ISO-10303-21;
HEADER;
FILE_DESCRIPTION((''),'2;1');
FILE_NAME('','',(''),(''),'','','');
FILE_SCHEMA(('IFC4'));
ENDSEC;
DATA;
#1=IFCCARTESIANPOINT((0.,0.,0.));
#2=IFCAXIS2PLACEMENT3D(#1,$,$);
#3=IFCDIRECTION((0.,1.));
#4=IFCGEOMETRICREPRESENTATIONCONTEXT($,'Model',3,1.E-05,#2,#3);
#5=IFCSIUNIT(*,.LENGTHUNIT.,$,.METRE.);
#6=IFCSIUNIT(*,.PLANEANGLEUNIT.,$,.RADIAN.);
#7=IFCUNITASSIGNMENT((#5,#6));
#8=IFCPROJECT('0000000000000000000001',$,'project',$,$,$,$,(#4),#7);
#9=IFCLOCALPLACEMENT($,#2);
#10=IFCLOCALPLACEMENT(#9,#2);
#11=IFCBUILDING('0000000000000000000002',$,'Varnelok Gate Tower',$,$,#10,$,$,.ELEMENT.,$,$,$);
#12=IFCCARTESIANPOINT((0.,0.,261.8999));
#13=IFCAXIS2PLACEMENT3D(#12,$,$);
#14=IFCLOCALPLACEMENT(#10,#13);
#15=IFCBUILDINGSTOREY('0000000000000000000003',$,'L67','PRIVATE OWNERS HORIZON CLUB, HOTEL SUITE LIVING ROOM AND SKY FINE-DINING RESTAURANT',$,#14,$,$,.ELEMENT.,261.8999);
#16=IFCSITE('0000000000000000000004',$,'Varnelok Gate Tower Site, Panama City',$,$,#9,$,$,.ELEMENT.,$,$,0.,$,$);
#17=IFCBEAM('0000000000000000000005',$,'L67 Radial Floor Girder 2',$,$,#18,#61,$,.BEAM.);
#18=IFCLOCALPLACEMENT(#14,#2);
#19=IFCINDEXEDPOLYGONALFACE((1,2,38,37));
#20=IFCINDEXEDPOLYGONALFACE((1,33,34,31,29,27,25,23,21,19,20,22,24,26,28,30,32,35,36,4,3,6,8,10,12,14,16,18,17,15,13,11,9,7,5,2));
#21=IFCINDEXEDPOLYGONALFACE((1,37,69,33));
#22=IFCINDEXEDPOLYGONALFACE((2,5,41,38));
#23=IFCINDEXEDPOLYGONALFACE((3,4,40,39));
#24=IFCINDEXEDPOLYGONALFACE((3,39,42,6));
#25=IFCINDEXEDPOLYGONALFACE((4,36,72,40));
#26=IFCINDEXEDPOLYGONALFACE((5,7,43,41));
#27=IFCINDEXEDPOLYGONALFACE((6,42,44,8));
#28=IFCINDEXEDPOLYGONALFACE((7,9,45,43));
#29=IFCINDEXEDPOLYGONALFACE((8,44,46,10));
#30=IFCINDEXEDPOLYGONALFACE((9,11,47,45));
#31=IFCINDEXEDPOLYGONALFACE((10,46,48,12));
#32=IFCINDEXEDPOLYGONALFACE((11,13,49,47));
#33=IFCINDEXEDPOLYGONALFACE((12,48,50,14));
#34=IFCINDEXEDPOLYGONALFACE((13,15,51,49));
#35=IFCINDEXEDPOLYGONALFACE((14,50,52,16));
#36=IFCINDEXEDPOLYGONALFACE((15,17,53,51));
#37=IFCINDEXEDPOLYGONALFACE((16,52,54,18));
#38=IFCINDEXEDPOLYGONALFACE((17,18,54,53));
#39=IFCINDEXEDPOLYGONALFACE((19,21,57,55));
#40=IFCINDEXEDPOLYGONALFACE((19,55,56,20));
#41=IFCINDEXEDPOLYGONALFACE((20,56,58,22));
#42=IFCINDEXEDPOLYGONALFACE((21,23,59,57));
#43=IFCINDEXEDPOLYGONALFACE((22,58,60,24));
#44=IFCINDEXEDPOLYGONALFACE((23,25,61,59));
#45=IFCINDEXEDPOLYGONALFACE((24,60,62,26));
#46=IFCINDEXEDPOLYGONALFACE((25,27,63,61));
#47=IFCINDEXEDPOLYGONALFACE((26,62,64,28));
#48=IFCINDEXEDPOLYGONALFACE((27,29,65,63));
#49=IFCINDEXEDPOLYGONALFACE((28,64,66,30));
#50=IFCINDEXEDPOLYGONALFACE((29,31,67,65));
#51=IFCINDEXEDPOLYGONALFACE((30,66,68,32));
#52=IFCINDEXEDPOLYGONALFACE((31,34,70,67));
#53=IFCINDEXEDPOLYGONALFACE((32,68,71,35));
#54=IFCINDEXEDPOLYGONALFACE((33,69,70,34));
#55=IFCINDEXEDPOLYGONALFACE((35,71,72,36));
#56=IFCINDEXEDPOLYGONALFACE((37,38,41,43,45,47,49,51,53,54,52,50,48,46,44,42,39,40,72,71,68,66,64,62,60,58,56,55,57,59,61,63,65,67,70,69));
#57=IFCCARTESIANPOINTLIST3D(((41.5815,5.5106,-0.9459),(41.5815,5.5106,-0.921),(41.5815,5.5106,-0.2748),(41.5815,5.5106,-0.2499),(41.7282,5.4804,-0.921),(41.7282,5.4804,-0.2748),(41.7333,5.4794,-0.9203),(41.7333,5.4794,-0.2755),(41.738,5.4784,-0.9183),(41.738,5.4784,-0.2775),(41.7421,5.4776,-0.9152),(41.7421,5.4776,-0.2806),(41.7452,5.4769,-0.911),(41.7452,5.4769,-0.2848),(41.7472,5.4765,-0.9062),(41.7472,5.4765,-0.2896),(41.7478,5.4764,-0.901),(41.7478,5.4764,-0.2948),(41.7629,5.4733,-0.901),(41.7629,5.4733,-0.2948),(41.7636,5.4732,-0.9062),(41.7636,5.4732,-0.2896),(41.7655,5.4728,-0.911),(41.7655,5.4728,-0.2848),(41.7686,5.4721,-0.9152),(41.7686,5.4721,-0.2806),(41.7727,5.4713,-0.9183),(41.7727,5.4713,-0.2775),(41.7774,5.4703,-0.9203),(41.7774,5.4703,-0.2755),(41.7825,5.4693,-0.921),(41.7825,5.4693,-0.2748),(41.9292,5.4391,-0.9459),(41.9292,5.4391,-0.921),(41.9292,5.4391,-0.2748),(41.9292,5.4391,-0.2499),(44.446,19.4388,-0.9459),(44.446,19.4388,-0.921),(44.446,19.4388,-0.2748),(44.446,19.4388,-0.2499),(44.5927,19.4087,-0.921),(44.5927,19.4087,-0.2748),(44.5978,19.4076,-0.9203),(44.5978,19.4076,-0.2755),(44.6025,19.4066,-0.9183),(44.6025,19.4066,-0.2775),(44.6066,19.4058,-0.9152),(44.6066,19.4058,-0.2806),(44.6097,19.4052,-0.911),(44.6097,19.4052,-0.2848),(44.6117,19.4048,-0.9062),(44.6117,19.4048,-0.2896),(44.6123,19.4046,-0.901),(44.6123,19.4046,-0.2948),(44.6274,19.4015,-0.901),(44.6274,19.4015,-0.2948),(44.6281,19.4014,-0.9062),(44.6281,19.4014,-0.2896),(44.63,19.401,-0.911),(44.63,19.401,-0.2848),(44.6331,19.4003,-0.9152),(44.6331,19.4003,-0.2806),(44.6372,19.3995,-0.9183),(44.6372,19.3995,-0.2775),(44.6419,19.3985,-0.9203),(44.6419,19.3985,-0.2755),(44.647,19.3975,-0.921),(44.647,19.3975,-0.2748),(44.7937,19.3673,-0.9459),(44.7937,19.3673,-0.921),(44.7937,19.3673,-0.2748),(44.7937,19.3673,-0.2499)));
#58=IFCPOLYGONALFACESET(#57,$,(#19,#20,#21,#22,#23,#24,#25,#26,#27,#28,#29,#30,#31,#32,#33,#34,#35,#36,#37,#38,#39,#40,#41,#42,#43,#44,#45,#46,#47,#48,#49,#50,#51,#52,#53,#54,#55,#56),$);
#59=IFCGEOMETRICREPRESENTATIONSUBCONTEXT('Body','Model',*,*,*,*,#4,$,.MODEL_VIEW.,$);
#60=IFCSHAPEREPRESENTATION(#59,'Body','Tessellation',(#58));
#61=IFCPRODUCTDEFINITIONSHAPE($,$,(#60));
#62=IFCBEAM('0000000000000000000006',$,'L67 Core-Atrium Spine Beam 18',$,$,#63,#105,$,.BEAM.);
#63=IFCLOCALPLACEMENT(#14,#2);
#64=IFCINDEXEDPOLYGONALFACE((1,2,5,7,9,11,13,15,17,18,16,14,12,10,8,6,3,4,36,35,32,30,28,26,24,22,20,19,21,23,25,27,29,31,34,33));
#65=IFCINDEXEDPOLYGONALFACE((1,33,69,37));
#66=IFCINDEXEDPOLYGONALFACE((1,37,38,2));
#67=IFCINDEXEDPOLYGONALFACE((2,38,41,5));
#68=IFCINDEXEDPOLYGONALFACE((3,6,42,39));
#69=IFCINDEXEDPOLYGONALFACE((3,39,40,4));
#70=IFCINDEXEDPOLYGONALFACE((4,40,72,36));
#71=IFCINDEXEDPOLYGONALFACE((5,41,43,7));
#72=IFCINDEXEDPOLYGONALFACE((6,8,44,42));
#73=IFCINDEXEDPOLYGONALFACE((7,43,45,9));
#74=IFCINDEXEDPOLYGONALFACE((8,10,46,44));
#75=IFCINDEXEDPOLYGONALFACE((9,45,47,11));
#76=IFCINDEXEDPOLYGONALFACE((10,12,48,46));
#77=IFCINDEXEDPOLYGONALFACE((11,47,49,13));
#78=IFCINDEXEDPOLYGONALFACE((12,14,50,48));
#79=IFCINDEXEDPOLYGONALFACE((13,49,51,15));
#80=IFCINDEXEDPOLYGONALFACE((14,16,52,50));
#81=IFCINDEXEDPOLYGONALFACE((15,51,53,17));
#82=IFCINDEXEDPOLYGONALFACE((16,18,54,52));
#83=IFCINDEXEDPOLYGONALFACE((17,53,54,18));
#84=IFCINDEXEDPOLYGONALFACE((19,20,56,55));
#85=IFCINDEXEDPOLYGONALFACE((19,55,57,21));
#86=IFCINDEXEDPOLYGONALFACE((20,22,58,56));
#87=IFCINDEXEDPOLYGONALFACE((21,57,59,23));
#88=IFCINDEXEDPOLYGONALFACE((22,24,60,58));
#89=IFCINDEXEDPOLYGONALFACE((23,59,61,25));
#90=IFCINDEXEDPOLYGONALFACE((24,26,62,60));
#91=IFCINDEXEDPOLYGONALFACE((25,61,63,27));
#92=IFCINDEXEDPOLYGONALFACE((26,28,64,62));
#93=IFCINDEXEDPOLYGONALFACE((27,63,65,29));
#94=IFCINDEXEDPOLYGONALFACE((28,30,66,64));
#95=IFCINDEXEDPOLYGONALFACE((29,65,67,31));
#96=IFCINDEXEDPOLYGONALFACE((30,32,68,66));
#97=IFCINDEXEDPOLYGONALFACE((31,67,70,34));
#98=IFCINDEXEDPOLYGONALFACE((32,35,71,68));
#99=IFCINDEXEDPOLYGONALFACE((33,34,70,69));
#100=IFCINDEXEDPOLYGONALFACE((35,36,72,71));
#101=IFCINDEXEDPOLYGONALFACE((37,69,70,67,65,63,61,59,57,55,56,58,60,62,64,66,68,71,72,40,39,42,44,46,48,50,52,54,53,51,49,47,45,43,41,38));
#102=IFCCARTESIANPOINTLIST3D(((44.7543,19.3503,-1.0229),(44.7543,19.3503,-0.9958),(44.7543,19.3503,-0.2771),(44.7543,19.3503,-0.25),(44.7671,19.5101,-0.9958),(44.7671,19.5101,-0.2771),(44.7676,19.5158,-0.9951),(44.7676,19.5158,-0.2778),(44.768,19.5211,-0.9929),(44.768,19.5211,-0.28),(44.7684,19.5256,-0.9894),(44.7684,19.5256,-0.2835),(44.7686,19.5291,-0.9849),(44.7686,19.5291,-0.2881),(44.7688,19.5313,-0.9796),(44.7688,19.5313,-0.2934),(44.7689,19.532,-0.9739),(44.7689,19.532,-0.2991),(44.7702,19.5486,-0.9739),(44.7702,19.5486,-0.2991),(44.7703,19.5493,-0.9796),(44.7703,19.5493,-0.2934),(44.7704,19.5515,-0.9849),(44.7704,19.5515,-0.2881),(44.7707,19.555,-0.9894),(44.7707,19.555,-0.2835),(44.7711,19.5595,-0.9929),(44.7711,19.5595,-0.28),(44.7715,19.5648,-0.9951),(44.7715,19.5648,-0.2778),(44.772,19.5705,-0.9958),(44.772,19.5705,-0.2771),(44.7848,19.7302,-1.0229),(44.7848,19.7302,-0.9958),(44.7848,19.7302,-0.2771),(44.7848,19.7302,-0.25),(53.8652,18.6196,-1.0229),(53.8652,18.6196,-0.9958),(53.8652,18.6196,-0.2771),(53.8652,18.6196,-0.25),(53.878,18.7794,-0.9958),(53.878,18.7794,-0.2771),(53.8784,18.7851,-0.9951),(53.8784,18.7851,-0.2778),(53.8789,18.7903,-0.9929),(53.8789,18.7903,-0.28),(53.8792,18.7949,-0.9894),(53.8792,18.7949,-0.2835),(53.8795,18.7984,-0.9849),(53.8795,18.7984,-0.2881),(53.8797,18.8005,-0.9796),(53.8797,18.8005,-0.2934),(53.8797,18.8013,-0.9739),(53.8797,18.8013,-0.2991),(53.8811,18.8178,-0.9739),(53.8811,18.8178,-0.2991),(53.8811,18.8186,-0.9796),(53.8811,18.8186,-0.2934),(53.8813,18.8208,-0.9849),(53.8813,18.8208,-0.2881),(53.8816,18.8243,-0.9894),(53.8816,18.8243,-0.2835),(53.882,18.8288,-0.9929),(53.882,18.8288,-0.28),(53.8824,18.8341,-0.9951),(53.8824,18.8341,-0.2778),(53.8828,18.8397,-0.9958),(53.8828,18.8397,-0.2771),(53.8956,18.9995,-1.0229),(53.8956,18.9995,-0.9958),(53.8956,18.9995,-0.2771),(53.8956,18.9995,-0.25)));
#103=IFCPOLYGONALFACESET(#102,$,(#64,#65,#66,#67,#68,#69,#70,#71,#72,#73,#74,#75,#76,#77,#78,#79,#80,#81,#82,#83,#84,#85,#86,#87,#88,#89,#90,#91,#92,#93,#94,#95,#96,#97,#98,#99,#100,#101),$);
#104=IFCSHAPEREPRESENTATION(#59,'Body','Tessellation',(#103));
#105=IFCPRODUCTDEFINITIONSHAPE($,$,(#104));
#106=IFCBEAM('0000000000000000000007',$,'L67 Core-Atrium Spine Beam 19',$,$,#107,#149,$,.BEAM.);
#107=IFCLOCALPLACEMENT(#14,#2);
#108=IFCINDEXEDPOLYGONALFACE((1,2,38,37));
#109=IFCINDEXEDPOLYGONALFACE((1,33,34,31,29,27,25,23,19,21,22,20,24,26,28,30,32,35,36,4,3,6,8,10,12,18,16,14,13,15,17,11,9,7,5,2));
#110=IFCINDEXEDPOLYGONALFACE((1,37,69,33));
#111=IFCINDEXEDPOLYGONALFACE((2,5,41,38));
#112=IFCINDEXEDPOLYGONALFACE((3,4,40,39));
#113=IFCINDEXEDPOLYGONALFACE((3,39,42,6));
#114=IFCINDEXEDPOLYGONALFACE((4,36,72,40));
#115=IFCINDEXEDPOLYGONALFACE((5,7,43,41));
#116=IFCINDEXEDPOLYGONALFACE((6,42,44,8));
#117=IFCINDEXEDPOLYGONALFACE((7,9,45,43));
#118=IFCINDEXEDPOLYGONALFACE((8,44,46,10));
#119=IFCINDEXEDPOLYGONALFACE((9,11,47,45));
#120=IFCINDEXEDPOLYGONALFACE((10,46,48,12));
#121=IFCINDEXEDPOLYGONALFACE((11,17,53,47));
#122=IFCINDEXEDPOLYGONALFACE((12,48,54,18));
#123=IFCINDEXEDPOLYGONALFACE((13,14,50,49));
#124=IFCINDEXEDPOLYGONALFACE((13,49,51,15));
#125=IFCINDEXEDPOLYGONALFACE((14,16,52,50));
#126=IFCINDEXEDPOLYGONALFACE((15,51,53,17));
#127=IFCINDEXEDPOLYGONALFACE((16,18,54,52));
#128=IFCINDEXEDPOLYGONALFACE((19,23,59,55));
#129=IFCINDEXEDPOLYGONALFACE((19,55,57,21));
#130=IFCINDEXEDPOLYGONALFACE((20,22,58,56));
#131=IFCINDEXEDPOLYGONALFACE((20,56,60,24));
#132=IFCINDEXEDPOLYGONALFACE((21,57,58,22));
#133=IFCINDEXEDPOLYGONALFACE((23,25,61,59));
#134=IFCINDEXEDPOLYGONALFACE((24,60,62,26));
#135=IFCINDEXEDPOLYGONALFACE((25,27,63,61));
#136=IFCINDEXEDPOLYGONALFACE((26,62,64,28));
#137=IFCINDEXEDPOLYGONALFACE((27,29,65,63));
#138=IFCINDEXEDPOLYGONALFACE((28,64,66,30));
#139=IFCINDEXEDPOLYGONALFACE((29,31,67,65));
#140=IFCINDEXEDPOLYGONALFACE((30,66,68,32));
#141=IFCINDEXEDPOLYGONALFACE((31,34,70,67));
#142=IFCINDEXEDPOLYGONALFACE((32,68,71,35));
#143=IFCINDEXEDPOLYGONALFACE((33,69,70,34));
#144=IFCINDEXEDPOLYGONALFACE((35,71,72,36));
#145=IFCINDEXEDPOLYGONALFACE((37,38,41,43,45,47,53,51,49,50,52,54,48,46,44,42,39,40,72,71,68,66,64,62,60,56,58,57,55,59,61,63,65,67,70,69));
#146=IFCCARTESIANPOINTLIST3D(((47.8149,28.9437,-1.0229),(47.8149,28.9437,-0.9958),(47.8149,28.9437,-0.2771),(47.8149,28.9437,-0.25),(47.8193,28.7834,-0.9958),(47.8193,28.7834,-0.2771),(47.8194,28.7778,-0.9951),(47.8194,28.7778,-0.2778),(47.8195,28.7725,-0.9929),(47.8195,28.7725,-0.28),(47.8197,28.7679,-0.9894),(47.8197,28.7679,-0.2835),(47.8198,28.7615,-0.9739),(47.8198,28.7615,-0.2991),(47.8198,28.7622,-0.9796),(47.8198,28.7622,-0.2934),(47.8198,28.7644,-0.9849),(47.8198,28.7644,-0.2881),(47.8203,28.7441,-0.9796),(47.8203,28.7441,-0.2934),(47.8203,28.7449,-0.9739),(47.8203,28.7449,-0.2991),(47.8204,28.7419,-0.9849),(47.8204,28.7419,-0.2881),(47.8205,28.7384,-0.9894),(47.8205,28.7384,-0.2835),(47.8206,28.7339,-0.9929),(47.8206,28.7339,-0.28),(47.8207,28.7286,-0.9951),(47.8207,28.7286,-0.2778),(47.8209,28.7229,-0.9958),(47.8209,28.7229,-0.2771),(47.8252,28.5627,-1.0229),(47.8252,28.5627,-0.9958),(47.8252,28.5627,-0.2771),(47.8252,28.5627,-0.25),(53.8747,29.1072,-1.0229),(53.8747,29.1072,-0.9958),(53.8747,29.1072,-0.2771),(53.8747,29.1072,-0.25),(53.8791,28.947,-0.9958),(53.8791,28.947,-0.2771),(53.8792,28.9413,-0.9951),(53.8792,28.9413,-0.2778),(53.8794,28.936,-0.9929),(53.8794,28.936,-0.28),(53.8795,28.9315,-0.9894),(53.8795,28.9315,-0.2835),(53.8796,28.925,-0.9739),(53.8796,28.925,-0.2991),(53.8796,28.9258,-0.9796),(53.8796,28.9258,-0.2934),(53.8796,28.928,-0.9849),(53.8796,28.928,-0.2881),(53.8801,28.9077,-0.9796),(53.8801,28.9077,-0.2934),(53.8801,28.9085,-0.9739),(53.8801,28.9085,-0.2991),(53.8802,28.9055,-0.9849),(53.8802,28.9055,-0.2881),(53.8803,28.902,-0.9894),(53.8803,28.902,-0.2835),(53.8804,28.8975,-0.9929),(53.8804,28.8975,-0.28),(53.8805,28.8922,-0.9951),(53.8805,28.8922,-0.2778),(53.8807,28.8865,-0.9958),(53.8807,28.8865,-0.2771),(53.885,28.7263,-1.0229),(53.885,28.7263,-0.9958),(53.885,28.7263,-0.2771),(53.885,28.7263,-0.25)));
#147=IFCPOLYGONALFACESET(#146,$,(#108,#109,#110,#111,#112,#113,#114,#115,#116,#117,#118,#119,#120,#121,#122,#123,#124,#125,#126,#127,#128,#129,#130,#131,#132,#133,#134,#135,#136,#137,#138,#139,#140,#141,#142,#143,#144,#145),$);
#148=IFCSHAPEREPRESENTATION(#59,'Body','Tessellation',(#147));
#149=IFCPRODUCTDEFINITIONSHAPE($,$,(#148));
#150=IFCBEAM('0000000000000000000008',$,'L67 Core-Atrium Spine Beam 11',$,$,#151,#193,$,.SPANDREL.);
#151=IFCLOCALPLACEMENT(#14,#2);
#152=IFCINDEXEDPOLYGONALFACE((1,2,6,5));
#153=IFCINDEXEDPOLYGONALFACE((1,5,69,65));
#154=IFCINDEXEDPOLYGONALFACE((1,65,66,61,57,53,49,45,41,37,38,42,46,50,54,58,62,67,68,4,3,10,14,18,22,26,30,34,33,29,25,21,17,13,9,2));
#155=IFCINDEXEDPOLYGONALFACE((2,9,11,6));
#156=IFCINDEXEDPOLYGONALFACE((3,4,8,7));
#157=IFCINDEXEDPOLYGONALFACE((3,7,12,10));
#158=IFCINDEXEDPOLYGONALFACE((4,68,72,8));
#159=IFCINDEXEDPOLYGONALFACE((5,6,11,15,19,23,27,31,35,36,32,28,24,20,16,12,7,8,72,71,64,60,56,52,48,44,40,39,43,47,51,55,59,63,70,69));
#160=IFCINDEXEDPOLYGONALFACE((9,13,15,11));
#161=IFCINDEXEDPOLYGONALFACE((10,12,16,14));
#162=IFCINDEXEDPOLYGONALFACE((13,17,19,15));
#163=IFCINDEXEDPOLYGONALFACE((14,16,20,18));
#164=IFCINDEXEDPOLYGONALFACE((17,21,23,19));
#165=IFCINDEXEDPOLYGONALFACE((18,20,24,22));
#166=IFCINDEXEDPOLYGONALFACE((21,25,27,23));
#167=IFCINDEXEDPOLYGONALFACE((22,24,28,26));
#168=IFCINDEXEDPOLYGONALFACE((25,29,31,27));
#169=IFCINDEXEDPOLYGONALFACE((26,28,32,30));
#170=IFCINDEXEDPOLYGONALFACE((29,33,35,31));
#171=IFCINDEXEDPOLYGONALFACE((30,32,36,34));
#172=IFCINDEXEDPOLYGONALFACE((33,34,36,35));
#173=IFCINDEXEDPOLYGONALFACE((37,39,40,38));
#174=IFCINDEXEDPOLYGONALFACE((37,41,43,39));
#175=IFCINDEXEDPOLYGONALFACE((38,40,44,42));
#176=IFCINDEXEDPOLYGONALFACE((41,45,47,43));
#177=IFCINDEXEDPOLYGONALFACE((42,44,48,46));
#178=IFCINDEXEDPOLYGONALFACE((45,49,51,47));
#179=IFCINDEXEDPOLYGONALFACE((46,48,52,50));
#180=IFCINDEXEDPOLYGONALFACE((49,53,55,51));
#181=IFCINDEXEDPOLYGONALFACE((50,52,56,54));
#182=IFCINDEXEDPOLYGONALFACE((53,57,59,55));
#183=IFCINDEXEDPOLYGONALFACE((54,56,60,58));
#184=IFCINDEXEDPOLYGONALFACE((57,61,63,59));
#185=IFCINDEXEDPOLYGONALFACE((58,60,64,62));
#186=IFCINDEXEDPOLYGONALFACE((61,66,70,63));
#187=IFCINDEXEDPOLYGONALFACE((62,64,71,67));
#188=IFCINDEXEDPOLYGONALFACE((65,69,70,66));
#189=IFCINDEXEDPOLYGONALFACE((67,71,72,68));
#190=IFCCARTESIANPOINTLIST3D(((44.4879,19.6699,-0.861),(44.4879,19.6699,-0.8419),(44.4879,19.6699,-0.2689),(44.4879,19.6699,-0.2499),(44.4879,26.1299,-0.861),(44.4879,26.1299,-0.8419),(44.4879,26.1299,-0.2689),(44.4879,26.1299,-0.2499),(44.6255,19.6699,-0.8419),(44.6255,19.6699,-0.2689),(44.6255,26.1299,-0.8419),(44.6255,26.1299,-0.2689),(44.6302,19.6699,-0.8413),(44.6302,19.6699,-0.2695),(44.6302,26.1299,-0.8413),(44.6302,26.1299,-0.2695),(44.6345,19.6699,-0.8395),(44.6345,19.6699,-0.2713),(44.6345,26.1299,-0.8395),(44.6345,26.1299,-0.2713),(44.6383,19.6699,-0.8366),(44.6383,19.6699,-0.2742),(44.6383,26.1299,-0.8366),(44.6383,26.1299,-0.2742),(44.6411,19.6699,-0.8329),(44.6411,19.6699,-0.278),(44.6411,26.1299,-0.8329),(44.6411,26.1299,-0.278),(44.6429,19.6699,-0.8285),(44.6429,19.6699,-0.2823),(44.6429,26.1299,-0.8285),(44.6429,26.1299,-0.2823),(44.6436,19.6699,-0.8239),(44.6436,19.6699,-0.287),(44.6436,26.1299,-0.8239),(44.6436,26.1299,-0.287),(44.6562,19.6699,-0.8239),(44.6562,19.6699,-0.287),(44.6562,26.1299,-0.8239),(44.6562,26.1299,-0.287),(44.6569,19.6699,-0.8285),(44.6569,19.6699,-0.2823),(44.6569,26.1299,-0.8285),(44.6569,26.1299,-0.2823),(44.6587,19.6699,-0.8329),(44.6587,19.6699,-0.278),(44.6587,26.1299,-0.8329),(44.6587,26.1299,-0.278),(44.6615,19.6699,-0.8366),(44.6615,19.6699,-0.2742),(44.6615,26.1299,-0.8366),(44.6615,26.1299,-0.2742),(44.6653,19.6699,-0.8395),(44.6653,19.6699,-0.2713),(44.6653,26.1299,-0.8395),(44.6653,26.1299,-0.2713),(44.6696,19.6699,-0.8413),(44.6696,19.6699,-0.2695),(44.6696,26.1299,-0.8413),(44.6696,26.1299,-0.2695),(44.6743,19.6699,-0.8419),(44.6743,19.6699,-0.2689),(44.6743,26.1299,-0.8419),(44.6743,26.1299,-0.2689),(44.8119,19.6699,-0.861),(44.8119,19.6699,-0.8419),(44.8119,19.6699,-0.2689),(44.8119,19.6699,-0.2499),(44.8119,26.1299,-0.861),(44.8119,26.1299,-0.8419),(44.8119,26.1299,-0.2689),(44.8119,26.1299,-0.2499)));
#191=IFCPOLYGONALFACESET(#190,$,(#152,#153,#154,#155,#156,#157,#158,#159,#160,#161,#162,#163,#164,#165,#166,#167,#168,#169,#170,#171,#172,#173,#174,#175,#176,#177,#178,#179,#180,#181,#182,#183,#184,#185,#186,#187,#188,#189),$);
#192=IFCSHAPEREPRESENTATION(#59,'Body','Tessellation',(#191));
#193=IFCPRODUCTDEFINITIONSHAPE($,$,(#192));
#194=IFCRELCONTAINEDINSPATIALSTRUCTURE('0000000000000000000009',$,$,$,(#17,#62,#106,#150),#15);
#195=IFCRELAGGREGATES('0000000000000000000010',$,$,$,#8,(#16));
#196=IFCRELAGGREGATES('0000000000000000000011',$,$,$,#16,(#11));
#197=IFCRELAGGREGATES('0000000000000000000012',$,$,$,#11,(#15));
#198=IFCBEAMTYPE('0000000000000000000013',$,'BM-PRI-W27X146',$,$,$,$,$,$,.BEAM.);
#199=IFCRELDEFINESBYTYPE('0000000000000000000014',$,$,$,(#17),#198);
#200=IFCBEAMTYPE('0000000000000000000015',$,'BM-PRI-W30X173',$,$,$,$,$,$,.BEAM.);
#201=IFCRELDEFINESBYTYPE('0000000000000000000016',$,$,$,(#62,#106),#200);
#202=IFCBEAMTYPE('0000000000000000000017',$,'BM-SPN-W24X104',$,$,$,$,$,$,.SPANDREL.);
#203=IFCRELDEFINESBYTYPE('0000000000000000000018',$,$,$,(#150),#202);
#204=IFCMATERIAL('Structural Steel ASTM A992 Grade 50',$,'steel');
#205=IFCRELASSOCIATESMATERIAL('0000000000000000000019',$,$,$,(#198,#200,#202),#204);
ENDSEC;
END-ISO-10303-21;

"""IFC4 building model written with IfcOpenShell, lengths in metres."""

from ifc_helpers import new_model, si_unit, direction, frame, origin, origin_2d, place, context, subcontext, project, spatial, i_section, extrude, material, material_profile, profile_set, type_object, element, save


model = new_model("IFC4")

# Units and contexts
model_context = context("Model", 3, precision=1e-05, world=origin(), true_north=direction((0.0, 1.0)))
body_context = subcontext(model_context, "Body", "Model", "MODEL_VIEW")
ifc_project = project(units=[si_unit("LENGTHUNIT", "METRE"), si_unit("PLANEANGLEUNIT", "RADIAN")], contexts=[model_context])

# Site, building, storey
site_placement = place(None, origin())
site = spatial("IfcSite", under=ifc_project, at=site_placement, Name="Varnelok Gate Tower Site, Panama City", CompositionType="ELEMENT", RefElevation=0.0)
building_placement = place(site_placement, origin())
building = spatial("IfcBuilding", under=site, at=building_placement, Name="Varnelok Gate Tower", CompositionType="ELEMENT")
storey_placement = place(building_placement, frame((0.0, 0.0, 261.8999)))
storey = spatial("IfcBuildingStorey", under=building, at=storey_placement, Name="L67", Description="PRIVATE OWNERS HORIZON CLUB, HOTEL SUITE LIVING ROOM AND SKY FINE-DINING RESTAURANT", CompositionType="ELEMENT", Elevation=261.8999)

# Shared definitions
ifc_material_1 = material(Name="Structural Steel ASTM A992 Grade 50", Category="steel")

# Beams
ifc_material_profile_1 = material_profile(ifc_material_1, i_section(OverallWidth=0.355, OverallDepth=0.696, WebThickness=0.0154, FlangeThickness=0.0249, FilletRadius=0.02, at=origin_2d()), Name="W27X146")
ifc_profile_set_1 = profile_set([ifc_material_profile_1], Name="Structural Steel ASTM A992 Grade 50")
beam_type_1 = type_object("IfcBeamType", Name="BM-PRI-W27X146", PredefinedType="BEAM", material=ifc_profile_set_1)
beam_1_placement = place(storey_placement, frame((44.6199, 19.4031, -0.5979), z_axis=(-0.201446, -0.9795, 0.0), x_axis=(0.9795, -0.201446, 0.0)))
element("IfcBeam", 1, at=beam_1_placement, inside=storey, type_object=beam_type_1, Name="L67 Radial Floor Girder 2", PredefinedType="BEAM", context=body_context, shape_type="SweptSolid", body=[
    extrude(i_section(OverallWidth=0.355, OverallDepth=0.696, WebThickness=0.0154, FlangeThickness=0.0249, FilletRadius=0.02, at=origin_2d()), origin(), (0.0, 0.0, 1.0), 14.2197),
])
ifc_material_profile_2 = material_profile(ifc_material_1, i_section(OverallWidth=0.3811, OverallDepth=0.7729, WebThickness=0.0166, FlangeThickness=0.0271, FilletRadius=0.022, at=origin_2d()), Name="W30X173")
ifc_profile_set_2 = profile_set([ifc_material_profile_2], Name="Structural Steel ASTM A992 Grade 50")
beam_type_2 = type_object("IfcBeamType", Name="BM-PRI-W30X173", PredefinedType="BEAM", material=ifc_profile_set_2)
beam_2_placement = place(storey_placement, frame((44.7695, 19.5403, -0.6365), z_axis=(0.996799, -0.079946, 0.0), x_axis=(0.079946, 0.996799, 0.0)))
element("IfcBeam", 2, at=beam_2_placement, inside=storey, type_object=beam_type_2, Name="L67 Core-Atrium Spine Beam 18", PredefinedType="BEAM", context=body_context, shape_type="SweptSolid", body=[
    extrude(i_section(OverallWidth=0.3811, OverallDepth=0.7729, WebThickness=0.0166, FlangeThickness=0.0271, FilletRadius=0.022, at=origin_2d()), origin(), (0.0, 0.0, 1.0), 9.1401),
])
beam_3_placement = place(storey_placement, frame((47.8201, 28.7532, -0.6365), z_axis=(0.999636, 0.026983, 0.0), x_axis=(-0.026983, 0.999636, 0.0)))
element("IfcBeam", 3, at=beam_3_placement, inside=storey, type_object=beam_type_2, Name="L67 Core-Atrium Spine Beam 19", PredefinedType="BEAM", context=body_context, shape_type="SweptSolid", body=[
    extrude(i_section(OverallWidth=0.3811, OverallDepth=0.7729, WebThickness=0.0166, FlangeThickness=0.0271, FilletRadius=0.022, at=origin_2d()), origin(), (0.0, 0.0, 1.0), 6.062),
])
ifc_material_profile_3 = material_profile(ifc_material_1, i_section(OverallWidth=0.324, OverallDepth=0.6111, WebThickness=0.0127, FlangeThickness=0.019, FilletRadius=0.0181, at=origin_2d()), Name="W24X104")
ifc_profile_set_3 = profile_set([ifc_material_profile_3], Name="Structural Steel ASTM A992 Grade 50")
beam_type_3 = type_object("IfcBeamType", Name="BM-SPN-W24X104", PredefinedType="SPANDREL", material=ifc_profile_set_3)
beam_4_placement = place(storey_placement, frame((44.6499, 19.6699, -0.5554), z_axis=(0.0, 1.0, 0.0), x_axis=(-1.0, 0.0, 0.0)))
element("IfcBeam", 4, at=beam_4_placement, inside=storey, type_object=beam_type_3, Name="L67 Core-Atrium Spine Beam 11", PredefinedType="SPANDREL", context=body_context, shape_type="SweptSolid", body=[
    extrude(i_section(OverallWidth=0.324, OverallDepth=0.6111, WebThickness=0.0127, FlangeThickness=0.019, FilletRadius=0.0181, at=origin_2d()), origin(), (0.0, 0.0, 1.0), 6.46),
])

save(model, "model.ifc")
